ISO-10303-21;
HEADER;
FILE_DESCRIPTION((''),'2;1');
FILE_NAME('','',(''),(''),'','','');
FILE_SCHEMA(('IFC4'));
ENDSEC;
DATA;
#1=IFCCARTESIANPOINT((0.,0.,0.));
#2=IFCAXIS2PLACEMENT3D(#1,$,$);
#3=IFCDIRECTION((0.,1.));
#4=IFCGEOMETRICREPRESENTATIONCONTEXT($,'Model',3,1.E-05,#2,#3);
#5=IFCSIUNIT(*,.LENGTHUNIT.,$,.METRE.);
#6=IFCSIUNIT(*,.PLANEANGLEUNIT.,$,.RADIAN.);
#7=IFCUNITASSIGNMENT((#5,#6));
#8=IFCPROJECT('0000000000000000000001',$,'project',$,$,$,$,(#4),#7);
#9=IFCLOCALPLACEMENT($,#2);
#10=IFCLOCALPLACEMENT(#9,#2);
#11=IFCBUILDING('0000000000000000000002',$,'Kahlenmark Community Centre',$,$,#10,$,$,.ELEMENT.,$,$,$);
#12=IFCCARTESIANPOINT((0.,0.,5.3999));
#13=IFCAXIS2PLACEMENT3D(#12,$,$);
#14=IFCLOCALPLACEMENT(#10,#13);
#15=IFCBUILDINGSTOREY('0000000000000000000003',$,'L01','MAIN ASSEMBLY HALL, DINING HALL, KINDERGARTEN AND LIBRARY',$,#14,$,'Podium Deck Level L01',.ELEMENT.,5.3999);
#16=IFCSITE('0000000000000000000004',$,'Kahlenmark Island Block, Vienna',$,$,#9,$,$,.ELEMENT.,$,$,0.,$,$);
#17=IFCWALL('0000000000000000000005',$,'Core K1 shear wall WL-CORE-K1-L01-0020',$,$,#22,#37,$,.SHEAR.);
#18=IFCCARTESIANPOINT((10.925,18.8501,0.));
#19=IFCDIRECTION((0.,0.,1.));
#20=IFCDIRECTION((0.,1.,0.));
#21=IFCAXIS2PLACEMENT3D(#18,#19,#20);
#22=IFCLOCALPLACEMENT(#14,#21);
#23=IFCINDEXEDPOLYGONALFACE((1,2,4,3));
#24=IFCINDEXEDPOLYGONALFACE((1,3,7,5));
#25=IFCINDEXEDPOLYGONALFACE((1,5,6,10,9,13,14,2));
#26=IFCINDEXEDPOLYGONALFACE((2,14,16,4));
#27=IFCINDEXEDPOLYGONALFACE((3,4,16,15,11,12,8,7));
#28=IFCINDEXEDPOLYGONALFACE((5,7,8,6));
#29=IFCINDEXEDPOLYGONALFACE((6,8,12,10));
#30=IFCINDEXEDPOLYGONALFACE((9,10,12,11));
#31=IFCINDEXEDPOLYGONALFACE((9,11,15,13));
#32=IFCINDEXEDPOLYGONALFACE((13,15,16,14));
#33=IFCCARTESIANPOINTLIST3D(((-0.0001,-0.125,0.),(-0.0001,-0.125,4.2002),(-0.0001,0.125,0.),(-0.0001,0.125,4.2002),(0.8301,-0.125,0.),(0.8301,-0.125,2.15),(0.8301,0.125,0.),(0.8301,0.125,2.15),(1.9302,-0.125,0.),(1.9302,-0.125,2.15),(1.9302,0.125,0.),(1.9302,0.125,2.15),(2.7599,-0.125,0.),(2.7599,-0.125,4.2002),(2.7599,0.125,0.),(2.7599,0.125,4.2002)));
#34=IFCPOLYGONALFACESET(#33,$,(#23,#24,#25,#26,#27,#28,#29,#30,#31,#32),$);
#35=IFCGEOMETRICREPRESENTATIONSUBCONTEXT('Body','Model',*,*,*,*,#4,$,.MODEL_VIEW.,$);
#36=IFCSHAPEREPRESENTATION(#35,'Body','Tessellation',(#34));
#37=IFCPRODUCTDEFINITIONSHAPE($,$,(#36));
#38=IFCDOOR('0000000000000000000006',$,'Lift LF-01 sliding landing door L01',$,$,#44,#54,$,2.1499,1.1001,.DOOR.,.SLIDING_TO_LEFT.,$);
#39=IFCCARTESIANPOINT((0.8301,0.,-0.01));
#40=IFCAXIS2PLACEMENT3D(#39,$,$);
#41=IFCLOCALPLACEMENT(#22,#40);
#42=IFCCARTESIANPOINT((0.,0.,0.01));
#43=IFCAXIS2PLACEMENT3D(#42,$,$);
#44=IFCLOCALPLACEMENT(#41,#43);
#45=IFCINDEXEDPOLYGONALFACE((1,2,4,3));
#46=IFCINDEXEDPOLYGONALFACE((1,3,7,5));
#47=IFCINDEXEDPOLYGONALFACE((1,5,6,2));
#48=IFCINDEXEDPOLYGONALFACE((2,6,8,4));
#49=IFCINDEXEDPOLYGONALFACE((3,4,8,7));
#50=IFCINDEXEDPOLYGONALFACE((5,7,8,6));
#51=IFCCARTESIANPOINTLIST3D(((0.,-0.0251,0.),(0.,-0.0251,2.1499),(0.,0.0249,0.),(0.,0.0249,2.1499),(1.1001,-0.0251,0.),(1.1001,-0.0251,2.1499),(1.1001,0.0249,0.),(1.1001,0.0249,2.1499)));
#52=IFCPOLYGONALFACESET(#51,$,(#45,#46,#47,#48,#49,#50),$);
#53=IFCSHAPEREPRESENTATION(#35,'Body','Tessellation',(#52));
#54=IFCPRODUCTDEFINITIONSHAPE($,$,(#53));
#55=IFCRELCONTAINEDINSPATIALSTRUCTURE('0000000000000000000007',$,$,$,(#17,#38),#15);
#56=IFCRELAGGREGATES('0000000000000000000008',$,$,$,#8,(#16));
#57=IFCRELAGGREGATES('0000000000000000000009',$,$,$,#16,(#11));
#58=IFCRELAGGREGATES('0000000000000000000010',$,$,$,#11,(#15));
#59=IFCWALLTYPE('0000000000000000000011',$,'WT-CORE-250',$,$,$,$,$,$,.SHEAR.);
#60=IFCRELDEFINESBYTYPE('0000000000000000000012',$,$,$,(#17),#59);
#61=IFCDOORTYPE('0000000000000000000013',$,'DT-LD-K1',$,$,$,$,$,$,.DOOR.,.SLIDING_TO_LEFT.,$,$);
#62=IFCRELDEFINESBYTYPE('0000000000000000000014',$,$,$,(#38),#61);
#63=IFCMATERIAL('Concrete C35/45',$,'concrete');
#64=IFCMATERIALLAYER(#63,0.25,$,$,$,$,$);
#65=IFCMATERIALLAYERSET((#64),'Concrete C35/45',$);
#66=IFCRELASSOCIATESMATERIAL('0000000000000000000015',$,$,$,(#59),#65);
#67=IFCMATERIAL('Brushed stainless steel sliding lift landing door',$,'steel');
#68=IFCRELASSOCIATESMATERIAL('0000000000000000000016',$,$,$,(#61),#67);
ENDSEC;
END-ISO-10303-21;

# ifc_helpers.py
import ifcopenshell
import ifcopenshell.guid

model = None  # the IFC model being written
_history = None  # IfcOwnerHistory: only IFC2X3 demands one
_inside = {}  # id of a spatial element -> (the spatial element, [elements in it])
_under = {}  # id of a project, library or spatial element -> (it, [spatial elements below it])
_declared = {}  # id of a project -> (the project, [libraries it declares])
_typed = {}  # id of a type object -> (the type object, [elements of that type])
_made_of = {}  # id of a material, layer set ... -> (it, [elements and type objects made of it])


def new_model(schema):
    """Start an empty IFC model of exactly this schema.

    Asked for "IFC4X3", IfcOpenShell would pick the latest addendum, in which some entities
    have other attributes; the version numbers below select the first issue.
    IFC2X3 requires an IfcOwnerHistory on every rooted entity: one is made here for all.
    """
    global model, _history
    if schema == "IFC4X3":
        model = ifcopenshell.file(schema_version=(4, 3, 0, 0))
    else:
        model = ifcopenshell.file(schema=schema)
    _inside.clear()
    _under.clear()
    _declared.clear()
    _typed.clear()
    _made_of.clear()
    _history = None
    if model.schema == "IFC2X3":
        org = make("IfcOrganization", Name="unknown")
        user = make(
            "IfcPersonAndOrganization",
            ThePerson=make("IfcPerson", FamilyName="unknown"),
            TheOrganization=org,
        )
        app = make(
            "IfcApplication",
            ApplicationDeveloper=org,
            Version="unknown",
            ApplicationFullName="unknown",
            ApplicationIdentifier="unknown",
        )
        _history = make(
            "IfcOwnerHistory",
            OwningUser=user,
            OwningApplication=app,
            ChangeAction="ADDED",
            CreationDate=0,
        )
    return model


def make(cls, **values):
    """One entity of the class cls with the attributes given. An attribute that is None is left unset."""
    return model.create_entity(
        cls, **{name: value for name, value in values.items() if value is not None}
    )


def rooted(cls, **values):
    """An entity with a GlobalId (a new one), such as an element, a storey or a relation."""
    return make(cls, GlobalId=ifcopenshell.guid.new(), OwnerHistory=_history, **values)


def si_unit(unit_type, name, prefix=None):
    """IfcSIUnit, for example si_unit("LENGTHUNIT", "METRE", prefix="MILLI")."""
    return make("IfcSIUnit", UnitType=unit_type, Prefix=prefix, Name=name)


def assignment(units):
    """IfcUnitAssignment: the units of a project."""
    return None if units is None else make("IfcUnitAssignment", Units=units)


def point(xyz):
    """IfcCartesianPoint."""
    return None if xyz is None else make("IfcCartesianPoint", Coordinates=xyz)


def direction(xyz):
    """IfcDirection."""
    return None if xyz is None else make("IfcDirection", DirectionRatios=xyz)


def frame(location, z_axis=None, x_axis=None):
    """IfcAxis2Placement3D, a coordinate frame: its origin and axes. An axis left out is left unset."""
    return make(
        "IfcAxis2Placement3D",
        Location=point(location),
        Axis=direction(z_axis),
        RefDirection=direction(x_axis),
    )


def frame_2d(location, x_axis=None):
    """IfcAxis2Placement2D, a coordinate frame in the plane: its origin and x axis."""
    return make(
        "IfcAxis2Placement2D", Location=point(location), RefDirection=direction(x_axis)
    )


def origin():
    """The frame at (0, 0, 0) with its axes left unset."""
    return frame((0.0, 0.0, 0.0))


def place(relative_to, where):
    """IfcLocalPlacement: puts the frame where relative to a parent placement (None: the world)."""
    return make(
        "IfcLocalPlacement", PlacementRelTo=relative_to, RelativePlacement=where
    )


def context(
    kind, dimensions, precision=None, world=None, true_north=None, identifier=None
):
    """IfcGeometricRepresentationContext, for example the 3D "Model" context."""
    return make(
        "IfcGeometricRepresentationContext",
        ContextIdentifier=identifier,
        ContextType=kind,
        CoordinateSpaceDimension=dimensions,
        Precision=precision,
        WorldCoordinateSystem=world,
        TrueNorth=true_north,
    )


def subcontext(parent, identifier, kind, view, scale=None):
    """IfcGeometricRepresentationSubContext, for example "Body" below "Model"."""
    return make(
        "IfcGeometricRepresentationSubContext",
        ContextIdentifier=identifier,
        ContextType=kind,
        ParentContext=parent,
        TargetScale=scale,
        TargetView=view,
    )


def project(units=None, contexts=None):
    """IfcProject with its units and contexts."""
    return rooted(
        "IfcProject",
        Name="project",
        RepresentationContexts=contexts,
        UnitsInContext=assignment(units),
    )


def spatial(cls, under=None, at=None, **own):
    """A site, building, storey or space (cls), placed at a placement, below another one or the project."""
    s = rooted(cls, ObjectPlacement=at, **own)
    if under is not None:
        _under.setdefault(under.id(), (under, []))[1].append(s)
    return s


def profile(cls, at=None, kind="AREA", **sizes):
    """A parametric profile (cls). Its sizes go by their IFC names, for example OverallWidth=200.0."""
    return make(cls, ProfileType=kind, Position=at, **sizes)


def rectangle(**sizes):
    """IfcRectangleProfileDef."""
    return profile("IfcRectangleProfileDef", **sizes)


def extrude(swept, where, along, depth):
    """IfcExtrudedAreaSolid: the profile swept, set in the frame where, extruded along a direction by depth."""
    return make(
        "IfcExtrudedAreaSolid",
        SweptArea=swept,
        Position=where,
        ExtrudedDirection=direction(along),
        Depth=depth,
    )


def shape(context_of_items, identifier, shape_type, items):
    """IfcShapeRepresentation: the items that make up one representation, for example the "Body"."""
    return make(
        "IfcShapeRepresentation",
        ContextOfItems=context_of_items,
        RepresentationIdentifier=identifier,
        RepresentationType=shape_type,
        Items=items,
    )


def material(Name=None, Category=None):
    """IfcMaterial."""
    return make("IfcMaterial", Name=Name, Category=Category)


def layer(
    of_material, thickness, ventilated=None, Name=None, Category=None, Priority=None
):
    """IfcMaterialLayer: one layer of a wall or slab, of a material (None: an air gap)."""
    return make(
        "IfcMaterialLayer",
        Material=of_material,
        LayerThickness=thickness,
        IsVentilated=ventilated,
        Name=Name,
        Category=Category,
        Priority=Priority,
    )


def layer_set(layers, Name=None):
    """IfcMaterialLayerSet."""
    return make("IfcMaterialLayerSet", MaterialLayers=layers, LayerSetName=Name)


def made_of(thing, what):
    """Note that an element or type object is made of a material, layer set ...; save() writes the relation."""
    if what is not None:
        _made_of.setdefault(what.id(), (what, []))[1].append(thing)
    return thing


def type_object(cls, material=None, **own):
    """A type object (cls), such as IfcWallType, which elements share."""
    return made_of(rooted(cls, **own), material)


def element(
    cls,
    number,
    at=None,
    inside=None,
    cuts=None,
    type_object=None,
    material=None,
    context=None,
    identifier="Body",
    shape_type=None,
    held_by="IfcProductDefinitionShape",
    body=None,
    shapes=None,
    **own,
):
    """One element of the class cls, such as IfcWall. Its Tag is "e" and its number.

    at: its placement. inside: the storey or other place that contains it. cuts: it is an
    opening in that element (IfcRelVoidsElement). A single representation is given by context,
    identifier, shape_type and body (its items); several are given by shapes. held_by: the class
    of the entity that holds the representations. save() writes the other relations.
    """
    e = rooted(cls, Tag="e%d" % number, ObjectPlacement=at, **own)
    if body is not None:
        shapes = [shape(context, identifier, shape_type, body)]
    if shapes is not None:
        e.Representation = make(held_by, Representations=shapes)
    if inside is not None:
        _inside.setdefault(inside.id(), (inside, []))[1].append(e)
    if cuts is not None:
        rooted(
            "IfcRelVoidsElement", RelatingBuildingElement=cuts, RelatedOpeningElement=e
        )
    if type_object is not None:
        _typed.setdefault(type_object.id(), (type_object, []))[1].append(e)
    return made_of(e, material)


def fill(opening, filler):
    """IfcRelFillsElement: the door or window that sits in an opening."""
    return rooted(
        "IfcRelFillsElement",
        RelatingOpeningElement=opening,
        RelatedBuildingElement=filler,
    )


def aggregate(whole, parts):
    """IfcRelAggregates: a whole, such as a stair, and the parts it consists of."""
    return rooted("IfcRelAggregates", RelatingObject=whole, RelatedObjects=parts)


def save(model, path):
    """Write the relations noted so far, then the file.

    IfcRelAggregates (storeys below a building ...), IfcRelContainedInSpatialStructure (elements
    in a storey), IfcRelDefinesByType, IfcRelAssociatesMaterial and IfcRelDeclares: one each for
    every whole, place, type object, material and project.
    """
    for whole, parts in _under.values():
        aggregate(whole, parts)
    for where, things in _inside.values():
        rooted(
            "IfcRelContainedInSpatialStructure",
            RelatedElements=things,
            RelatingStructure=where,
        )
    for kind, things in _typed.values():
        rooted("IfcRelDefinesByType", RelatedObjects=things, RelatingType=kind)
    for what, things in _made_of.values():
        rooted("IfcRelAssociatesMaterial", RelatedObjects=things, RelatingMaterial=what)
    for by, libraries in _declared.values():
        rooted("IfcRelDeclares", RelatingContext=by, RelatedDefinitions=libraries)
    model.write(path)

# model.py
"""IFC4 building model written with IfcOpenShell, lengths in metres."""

from ifc_helpers import new_model, si_unit, direction, frame, frame_2d, origin, place, context, subcontext, project, spatial, rectangle, extrude, material, layer, layer_set, type_object, element, fill, save


model = new_model("IFC4")

# Units and contexts
model_context = context("Model", 3, precision=1e-05, world=origin(), true_north=direction((0.0, 1.0)))
body_context = subcontext(model_context, "Body", "Model", "MODEL_VIEW")
ifc_project = project(units=[si_unit("LENGTHUNIT", "METRE"), si_unit("PLANEANGLEUNIT", "RADIAN")], contexts=[model_context])

# Site, building, storey
site_placement = place(None, origin())
site = spatial("IfcSite", under=ifc_project, at=site_placement, Name="Kahlenmark Island Block, Vienna", CompositionType="ELEMENT", RefElevation=0.0)
building_placement = place(site_placement, origin())
building = spatial("IfcBuilding", under=site, at=building_placement, Name="Kahlenmark Community Centre", CompositionType="ELEMENT")
storey_placement = place(building_placement, frame((0.0, 0.0, 5.3999)))
storey = spatial("IfcBuildingStorey", under=building, at=storey_placement, Name="L01", Description="MAIN ASSEMBLY HALL, DINING HALL, KINDERGARTEN AND LIBRARY", LongName="Podium Deck Level L01", CompositionType="ELEMENT", Elevation=5.3999)

# Shared definitions
ifc_material_1 = material(Name="Concrete C35/45", Category="concrete")

# Shared definitions
ifc_layer_1 = layer(ifc_material_1, 0.25)
ifc_layer_set_1 = layer_set([ifc_layer_1], Name="Concrete C35/45")
wall_type_1 = type_object("IfcWallType", Name="WT-CORE-250", PredefinedType="SHEAR", material=ifc_layer_set_1)

# Wall, opening, door
wall_1_placement = place(storey_placement, frame((10.925, 18.8501, 0.0), z_axis=(0.0, 0.0, 1.0), x_axis=(0.0, 1.0, 0.0)))
wall_1 = element("IfcWall", 1, at=wall_1_placement, inside=storey, type_object=wall_type_1, Name="Core K1 shear wall WL-CORE-K1-L01-0020", PredefinedType="SHEAR", context=body_context, shape_type="SweptSolid", body=[
    extrude(rectangle(XDim=2.76, YDim=0.25, at=frame_2d((1.3799, 0.0))), origin(), (0.0, 0.0, 1.0), 4.2002),
])
opening_1_placement = place(wall_1_placement, frame((0.8301, 0.0, -0.01)))
opening_1 = element("IfcOpeningElement", 2, at=opening_1_placement, cuts=wall_1, PredefinedType="OPENING", context=body_context, shape_type="SweptSolid", body=[
    extrude(rectangle(XDim=1.1001, YDim=2.1599, at=frame_2d((0.55, 1.0801))), frame((0.0, 0.135, 0.0), z_axis=(0.0, -1.0, 0.0), x_axis=(1.0, 0.0, 0.0)), (0.0, 0.0, 1.0), 0.27),
])
ifc_material_2 = material(Name="Brushed stainless steel sliding lift landing door", Category="steel")
door_type_1 = type_object("IfcDoorType", Name="DT-LD-K1", OperationType="SLIDING_TO_LEFT", PredefinedType="DOOR", material=ifc_material_2)
door_1_placement = place(opening_1_placement, frame((0.0, 0.0, 0.01)))
door_1 = element("IfcDoor", 3, at=door_1_placement, inside=storey, type_object=door_type_1, Name="Lift LF-01 sliding landing door L01", OperationType="SLIDING_TO_LEFT", OverallHeight=2.1499, OverallWidth=1.1001, PredefinedType="DOOR", context=body_context, shape_type="SweptSolid", body=[
    extrude(rectangle(XDim=1.1001, YDim=2.1499, at=frame_2d((0.55, 1.075))), frame((0.0, 0.0249, 0.0), z_axis=(0.0, -1.0, 0.0), x_axis=(1.0, 0.0, 0.0)), (0.0, 0.0, 1.0), 0.05),
])
fill(opening_1, door_1)

save(model, "model.ifc")
